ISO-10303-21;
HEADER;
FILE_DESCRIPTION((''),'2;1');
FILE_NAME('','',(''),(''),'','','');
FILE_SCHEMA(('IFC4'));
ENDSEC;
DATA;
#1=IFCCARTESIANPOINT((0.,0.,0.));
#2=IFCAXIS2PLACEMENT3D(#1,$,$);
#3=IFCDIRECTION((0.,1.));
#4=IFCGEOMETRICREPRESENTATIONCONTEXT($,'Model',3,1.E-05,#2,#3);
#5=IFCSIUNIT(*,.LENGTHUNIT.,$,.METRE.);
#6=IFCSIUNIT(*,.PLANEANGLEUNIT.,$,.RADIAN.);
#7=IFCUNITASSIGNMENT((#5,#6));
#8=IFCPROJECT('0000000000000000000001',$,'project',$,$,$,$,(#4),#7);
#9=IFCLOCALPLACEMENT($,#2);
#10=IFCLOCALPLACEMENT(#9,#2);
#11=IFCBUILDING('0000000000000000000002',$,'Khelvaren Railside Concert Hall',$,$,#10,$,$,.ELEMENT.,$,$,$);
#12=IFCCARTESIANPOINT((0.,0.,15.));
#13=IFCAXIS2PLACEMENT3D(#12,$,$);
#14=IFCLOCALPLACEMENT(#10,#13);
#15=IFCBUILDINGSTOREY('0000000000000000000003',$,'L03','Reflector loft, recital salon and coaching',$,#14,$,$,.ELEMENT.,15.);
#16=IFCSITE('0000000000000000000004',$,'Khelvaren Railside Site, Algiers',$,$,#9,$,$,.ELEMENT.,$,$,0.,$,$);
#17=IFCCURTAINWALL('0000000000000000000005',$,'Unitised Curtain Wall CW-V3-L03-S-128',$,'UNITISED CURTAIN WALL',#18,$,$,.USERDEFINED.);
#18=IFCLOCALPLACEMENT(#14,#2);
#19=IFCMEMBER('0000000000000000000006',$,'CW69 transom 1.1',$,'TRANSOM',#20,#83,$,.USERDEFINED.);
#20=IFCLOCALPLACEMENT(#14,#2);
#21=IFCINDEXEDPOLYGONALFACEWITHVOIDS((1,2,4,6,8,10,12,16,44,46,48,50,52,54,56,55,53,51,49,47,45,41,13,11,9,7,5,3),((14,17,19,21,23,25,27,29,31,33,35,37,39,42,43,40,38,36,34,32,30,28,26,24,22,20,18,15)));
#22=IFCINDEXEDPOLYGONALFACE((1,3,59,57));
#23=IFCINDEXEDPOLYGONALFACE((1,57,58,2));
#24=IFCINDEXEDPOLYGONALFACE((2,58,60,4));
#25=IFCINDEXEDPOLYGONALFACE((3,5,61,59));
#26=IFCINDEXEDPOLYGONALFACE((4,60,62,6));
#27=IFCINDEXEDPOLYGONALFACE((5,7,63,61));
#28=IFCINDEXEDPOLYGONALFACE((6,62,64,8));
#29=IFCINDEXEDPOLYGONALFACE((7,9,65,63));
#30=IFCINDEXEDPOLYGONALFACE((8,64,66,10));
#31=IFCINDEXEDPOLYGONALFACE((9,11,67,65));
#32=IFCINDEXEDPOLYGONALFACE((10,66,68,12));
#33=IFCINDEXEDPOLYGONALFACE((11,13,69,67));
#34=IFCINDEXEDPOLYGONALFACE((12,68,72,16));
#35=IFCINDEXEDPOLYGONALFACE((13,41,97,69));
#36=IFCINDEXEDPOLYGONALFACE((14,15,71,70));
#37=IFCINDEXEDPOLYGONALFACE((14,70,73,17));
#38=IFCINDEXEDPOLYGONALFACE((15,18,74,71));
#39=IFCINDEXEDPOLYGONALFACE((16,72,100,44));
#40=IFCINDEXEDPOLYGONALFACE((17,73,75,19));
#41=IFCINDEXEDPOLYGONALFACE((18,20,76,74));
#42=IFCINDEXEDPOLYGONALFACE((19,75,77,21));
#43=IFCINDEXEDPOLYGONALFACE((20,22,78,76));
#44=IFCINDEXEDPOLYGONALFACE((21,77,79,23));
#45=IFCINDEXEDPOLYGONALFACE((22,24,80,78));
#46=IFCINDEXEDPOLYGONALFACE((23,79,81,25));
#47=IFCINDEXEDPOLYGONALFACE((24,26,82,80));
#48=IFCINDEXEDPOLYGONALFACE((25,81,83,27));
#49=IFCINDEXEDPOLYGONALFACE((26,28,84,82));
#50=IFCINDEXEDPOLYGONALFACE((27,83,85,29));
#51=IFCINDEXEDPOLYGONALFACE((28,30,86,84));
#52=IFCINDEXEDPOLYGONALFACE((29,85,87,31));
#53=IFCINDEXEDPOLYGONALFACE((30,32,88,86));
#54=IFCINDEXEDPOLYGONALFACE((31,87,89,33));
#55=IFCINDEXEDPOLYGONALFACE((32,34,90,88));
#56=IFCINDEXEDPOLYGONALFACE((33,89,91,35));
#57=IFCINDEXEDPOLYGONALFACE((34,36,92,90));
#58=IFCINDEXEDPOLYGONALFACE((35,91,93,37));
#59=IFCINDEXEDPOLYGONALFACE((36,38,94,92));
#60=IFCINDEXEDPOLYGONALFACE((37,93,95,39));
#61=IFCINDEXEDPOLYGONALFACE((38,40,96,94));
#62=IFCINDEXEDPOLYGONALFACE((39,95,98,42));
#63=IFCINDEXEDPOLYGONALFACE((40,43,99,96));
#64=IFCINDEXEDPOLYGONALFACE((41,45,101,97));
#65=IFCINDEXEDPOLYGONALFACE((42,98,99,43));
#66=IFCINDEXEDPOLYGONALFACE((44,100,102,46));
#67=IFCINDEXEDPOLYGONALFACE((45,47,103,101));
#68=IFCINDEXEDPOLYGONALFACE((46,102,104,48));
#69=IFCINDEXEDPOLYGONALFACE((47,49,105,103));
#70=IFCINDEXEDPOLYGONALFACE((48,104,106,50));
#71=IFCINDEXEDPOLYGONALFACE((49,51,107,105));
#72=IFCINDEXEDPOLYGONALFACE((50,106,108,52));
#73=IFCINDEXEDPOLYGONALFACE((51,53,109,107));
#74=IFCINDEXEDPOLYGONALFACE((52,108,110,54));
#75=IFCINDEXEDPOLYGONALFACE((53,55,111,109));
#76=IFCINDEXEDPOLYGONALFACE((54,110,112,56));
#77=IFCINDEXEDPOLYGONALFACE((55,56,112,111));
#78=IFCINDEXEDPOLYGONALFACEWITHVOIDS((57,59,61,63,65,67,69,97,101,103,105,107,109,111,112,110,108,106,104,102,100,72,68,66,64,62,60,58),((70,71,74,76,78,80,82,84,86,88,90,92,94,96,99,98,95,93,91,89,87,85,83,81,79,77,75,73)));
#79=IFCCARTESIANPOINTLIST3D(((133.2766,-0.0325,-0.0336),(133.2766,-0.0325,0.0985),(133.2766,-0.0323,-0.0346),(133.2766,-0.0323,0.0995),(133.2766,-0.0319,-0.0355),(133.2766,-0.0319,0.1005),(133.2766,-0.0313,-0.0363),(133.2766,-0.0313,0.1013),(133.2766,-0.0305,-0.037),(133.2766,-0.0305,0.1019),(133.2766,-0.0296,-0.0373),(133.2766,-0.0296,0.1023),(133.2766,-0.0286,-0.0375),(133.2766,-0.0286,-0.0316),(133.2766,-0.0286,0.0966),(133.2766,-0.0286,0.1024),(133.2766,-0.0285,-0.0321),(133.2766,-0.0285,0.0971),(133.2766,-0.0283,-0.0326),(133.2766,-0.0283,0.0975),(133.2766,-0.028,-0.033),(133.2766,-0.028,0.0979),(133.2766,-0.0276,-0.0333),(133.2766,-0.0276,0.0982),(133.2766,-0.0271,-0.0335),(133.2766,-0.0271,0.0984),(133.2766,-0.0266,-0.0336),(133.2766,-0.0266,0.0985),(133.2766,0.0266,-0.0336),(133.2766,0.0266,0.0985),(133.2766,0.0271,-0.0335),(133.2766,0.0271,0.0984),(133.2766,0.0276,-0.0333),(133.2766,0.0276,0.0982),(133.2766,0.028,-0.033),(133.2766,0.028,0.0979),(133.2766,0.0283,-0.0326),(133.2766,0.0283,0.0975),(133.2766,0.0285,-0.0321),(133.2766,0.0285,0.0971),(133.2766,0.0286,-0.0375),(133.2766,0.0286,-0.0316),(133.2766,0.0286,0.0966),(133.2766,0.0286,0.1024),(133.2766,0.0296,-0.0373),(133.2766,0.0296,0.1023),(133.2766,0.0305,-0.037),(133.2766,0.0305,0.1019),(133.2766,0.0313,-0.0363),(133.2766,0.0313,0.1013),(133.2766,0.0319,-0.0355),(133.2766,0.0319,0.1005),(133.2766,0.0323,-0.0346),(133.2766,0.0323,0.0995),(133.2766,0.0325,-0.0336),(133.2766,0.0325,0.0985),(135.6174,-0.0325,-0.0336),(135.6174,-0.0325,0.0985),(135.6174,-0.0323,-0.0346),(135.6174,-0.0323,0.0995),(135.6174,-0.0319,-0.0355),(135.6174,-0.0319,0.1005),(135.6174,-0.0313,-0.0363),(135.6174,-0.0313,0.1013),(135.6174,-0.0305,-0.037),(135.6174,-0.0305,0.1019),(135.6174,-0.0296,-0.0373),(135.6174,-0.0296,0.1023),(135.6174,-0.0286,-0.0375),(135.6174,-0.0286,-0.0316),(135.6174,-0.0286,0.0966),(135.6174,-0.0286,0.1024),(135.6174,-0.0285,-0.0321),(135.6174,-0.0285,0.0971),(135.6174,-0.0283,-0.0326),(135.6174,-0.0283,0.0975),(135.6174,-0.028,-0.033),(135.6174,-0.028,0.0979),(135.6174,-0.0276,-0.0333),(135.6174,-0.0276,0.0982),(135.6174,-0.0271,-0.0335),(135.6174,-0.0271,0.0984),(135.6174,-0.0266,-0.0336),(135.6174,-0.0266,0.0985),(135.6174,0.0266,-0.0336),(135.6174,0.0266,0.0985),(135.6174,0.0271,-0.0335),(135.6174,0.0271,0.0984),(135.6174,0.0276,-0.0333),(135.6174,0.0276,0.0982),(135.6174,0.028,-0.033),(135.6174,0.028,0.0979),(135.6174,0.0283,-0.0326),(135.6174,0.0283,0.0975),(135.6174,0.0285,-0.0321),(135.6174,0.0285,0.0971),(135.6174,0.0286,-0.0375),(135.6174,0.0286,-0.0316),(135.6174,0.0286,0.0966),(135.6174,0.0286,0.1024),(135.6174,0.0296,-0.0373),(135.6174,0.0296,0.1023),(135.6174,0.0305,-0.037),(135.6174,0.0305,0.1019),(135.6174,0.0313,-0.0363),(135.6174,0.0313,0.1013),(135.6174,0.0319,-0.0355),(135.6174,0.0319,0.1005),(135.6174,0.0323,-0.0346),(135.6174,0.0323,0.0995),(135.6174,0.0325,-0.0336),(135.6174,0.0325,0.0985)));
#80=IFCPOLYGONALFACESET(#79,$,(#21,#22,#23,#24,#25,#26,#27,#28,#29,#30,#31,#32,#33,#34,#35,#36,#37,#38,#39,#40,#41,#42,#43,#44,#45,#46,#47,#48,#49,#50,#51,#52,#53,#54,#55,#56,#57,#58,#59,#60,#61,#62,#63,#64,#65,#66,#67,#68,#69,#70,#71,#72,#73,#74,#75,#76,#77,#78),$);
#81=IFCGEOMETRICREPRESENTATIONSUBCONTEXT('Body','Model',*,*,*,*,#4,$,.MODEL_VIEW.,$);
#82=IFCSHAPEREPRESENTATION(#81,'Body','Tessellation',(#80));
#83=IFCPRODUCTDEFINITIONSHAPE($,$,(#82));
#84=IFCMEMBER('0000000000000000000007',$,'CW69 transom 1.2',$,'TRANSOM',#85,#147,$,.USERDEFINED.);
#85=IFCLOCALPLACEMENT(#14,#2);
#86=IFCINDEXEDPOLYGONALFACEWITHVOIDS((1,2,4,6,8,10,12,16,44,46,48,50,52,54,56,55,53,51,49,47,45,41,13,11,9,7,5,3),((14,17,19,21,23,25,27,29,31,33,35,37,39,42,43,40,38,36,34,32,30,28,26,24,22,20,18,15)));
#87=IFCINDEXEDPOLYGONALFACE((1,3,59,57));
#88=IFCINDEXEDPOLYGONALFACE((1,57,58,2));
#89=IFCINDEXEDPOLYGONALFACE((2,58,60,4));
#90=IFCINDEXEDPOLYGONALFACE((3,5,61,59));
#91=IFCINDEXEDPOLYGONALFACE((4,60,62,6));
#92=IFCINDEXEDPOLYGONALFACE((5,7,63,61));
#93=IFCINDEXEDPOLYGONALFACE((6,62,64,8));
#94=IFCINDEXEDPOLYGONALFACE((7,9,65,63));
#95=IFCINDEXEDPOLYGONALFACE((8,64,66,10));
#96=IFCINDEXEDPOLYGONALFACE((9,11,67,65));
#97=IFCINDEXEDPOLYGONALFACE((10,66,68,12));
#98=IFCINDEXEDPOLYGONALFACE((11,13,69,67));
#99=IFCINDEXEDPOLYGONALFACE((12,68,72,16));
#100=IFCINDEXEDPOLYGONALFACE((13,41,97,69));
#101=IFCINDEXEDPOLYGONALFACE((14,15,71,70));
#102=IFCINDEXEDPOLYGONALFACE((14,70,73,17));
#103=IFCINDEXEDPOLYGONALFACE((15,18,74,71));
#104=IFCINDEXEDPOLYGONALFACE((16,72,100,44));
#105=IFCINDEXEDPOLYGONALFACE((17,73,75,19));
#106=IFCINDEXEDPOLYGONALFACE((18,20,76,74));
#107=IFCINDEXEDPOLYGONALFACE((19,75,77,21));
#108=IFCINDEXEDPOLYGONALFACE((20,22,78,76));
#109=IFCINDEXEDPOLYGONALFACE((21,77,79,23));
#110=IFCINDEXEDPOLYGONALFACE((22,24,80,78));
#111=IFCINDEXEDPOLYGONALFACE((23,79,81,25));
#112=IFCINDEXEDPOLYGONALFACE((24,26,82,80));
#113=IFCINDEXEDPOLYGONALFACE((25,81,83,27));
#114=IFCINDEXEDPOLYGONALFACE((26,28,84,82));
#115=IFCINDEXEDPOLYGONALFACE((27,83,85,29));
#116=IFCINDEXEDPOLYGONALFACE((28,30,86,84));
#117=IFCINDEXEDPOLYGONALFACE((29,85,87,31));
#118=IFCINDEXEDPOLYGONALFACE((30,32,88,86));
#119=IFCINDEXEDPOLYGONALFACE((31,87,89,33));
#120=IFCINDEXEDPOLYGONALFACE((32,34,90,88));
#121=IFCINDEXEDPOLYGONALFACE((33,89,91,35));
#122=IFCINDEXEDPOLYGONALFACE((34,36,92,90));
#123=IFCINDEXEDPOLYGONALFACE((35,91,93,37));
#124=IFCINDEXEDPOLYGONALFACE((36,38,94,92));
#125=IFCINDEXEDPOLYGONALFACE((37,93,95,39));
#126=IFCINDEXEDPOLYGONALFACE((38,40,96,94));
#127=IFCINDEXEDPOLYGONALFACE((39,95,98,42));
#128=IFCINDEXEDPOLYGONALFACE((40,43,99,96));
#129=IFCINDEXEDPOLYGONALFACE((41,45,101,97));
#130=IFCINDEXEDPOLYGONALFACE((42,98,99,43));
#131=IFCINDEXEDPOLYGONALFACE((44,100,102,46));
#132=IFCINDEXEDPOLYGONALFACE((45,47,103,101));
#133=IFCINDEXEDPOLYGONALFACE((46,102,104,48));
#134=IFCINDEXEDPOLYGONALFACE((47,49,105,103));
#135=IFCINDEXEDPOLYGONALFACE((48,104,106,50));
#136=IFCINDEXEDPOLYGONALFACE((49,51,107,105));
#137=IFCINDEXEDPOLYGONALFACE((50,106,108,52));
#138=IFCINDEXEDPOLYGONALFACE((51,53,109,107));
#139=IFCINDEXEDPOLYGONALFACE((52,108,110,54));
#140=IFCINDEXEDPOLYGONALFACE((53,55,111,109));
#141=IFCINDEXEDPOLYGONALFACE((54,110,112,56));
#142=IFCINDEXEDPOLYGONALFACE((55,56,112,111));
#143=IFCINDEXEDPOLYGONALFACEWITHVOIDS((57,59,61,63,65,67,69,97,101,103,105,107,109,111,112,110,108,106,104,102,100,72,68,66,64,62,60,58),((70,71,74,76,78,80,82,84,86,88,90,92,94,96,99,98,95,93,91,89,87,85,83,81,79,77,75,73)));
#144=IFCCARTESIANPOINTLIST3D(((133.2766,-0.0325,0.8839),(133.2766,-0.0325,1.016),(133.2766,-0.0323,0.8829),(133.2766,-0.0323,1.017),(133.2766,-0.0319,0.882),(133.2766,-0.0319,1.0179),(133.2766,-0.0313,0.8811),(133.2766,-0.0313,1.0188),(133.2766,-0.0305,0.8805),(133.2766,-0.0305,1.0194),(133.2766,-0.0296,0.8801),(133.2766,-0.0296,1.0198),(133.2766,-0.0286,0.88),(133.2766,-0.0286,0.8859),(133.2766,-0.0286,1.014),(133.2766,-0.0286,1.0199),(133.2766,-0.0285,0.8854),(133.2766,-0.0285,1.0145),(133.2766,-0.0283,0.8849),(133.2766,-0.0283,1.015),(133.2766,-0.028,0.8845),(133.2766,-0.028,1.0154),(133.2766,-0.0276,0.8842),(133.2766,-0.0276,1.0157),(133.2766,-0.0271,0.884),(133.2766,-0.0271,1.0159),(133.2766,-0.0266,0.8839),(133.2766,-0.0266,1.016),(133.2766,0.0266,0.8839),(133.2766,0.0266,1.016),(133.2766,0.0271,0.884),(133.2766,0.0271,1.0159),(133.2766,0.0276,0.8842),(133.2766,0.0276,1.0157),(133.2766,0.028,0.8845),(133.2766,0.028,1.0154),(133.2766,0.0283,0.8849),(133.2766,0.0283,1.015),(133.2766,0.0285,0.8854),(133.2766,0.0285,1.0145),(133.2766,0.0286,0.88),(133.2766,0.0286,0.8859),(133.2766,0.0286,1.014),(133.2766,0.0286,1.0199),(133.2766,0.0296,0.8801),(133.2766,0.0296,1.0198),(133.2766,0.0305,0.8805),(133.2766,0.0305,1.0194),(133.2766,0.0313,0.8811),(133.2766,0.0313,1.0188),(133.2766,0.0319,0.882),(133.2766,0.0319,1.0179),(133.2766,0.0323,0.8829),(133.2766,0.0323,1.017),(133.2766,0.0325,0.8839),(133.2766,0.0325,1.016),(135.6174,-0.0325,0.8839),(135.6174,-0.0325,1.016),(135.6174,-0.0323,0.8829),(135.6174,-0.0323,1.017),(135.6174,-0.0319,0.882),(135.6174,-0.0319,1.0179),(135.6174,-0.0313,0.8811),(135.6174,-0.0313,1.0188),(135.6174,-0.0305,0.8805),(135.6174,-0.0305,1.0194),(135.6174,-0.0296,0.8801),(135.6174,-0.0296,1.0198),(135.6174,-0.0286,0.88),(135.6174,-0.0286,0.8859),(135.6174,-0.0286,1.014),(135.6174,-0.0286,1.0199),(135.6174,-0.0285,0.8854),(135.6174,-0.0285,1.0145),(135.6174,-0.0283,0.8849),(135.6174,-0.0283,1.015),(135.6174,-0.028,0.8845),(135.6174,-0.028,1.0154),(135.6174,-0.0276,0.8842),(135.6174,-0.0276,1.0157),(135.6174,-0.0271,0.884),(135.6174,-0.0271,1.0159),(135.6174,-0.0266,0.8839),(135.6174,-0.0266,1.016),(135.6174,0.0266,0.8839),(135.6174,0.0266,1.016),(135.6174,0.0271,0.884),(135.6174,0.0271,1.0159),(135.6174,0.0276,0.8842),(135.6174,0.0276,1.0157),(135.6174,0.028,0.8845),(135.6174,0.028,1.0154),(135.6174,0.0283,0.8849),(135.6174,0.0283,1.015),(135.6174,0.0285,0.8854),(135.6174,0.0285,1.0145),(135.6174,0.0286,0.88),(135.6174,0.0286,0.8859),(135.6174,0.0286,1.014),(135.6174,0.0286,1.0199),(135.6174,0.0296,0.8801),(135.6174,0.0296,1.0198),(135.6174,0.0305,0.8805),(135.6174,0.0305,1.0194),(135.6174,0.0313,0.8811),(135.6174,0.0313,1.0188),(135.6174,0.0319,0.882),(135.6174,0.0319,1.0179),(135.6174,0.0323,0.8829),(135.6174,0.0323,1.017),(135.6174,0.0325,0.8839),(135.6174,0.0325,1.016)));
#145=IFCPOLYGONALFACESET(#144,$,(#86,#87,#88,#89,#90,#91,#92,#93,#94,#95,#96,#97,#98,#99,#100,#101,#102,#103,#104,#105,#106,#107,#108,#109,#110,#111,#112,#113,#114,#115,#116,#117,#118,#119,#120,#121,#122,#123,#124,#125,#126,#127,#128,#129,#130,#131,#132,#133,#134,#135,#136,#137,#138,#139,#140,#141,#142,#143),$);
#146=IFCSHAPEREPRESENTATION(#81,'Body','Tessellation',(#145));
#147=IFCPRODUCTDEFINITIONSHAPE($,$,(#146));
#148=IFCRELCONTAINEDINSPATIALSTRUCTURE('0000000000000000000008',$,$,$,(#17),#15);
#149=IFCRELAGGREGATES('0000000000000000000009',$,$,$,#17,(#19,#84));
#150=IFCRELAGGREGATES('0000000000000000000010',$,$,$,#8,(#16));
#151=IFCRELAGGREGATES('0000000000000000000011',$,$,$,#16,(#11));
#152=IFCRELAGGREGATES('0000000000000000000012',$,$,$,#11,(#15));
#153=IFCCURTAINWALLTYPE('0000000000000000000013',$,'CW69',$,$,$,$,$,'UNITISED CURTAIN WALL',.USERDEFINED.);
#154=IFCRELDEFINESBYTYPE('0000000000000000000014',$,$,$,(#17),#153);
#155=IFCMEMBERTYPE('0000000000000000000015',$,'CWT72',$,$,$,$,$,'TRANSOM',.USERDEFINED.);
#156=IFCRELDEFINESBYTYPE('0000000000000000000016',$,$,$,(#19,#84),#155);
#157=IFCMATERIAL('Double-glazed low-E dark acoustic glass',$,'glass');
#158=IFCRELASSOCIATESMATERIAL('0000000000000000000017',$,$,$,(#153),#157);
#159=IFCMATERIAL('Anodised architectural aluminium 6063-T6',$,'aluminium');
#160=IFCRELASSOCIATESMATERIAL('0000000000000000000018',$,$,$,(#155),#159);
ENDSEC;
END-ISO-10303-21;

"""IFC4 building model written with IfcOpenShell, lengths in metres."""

from ifc_helpers import new_model, si_unit, direction, frame, origin, origin_2d, place, context, subcontext, project, spatial, hollow_rectangle, extrude, material, material_profile, profile_set, type_object, element, aggregate, save


model = new_model("IFC4")

# Units and contexts
model_context = context("Model", 3, precision=1e-05, world=origin(), true_north=direction((0.0, 1.0)))
body_context = subcontext(model_context, "Body", "Model", "MODEL_VIEW")
ifc_project = project(units=[si_unit("LENGTHUNIT", "METRE"), si_unit("PLANEANGLEUNIT", "RADIAN")], contexts=[model_context])

# Site, building, storey
site_placement = place(None, origin())
site = spatial("IfcSite", under=ifc_project, at=site_placement, Name="Khelvaren Railside Site, Algiers", CompositionType="ELEMENT", RefElevation=0.0)
building_placement = place(site_placement, origin())
building = spatial("IfcBuilding", under=site, at=building_placement, Name="Khelvaren Railside Concert Hall", CompositionType="ELEMENT")
storey_placement = place(building_placement, frame((0.0, 0.0, 15.0)))
storey = spatial("IfcBuildingStorey", under=building, at=storey_placement, Name="L03", Description="Reflector loft, recital salon and coaching", CompositionType="ELEMENT", Elevation=15.0)

# Curtain wall, members
ifc_material_1 = material(Name="Double-glazed low-E dark acoustic glass", Category="glass")
curtain_wall_type = type_object("IfcCurtainWallType", Name="CW69", ElementType="UNITISED CURTAIN WALL", PredefinedType="USERDEFINED", material=ifc_material_1)
curtain_wall_placement = place(storey_placement, origin())
curtain_wall = element("IfcCurtainWall", 1, at=curtain_wall_placement, inside=storey, type_object=curtain_wall_type, Name="Unitised Curtain Wall CW-V3-L03-S-128", ObjectType="UNITISED CURTAIN WALL", PredefinedType="USERDEFINED")
ifc_material_2 = material(Name="Anodised architectural aluminium 6063-T6", Category="aluminium")
ifc_material_profile_1 = material_profile(ifc_material_2, hollow_rectangle(XDim=0.0649, YDim=0.1399, WallThickness=0.0039, InnerFilletRadius=0.002, OuterFilletRadius=0.0039, at=origin_2d()), Name="CWT 65x140x4")
ifc_profile_set_1 = profile_set([ifc_material_profile_1], Name="Anodised architectural aluminium 6063-T6")
member_type_1 = type_object("IfcMemberType", Name="CWT72", ElementType="TRANSOM", PredefinedType="USERDEFINED", material=ifc_profile_set_1)
member_1_placement = place(storey_placement, frame((135.6174, 0.0, 0.0325), z_axis=(-1.0, 0.0, 0.0), x_axis=(0.0, -1.0, 0.0)))
member_1 = element("IfcMember", 2, at=member_1_placement, type_object=member_type_1, Name="CW69 transom 1.1", ObjectType="TRANSOM", PredefinedType="USERDEFINED", context=body_context, shape_type="SweptSolid", body=[
    extrude(hollow_rectangle(XDim=0.0649, YDim=0.1399, WallThickness=0.0039, InnerFilletRadius=0.002, OuterFilletRadius=0.0039, at=origin_2d()), origin(), (0.0, 0.0, 1.0), 2.3408),
])
member_2_placement = place(storey_placement, frame((135.6174, 0.0, 0.95), z_axis=(-1.0, 0.0, 0.0), x_axis=(0.0, -1.0, 0.0)))
member_2 = element("IfcMember", 3, at=member_2_placement, type_object=member_type_1, Name="CW69 transom 1.2", ObjectType="TRANSOM", PredefinedType="USERDEFINED", context=body_context, shape_type="SweptSolid", body=[
    extrude(hollow_rectangle(XDim=0.0649, YDim=0.1399, WallThickness=0.0039, InnerFilletRadius=0.002, OuterFilletRadius=0.0039, at=origin_2d()), origin(), (0.0, 0.0, 1.0), 2.3408),
])

aggregate(curtain_wall, [member_1, member_2])

save(model, "model.ifc")
